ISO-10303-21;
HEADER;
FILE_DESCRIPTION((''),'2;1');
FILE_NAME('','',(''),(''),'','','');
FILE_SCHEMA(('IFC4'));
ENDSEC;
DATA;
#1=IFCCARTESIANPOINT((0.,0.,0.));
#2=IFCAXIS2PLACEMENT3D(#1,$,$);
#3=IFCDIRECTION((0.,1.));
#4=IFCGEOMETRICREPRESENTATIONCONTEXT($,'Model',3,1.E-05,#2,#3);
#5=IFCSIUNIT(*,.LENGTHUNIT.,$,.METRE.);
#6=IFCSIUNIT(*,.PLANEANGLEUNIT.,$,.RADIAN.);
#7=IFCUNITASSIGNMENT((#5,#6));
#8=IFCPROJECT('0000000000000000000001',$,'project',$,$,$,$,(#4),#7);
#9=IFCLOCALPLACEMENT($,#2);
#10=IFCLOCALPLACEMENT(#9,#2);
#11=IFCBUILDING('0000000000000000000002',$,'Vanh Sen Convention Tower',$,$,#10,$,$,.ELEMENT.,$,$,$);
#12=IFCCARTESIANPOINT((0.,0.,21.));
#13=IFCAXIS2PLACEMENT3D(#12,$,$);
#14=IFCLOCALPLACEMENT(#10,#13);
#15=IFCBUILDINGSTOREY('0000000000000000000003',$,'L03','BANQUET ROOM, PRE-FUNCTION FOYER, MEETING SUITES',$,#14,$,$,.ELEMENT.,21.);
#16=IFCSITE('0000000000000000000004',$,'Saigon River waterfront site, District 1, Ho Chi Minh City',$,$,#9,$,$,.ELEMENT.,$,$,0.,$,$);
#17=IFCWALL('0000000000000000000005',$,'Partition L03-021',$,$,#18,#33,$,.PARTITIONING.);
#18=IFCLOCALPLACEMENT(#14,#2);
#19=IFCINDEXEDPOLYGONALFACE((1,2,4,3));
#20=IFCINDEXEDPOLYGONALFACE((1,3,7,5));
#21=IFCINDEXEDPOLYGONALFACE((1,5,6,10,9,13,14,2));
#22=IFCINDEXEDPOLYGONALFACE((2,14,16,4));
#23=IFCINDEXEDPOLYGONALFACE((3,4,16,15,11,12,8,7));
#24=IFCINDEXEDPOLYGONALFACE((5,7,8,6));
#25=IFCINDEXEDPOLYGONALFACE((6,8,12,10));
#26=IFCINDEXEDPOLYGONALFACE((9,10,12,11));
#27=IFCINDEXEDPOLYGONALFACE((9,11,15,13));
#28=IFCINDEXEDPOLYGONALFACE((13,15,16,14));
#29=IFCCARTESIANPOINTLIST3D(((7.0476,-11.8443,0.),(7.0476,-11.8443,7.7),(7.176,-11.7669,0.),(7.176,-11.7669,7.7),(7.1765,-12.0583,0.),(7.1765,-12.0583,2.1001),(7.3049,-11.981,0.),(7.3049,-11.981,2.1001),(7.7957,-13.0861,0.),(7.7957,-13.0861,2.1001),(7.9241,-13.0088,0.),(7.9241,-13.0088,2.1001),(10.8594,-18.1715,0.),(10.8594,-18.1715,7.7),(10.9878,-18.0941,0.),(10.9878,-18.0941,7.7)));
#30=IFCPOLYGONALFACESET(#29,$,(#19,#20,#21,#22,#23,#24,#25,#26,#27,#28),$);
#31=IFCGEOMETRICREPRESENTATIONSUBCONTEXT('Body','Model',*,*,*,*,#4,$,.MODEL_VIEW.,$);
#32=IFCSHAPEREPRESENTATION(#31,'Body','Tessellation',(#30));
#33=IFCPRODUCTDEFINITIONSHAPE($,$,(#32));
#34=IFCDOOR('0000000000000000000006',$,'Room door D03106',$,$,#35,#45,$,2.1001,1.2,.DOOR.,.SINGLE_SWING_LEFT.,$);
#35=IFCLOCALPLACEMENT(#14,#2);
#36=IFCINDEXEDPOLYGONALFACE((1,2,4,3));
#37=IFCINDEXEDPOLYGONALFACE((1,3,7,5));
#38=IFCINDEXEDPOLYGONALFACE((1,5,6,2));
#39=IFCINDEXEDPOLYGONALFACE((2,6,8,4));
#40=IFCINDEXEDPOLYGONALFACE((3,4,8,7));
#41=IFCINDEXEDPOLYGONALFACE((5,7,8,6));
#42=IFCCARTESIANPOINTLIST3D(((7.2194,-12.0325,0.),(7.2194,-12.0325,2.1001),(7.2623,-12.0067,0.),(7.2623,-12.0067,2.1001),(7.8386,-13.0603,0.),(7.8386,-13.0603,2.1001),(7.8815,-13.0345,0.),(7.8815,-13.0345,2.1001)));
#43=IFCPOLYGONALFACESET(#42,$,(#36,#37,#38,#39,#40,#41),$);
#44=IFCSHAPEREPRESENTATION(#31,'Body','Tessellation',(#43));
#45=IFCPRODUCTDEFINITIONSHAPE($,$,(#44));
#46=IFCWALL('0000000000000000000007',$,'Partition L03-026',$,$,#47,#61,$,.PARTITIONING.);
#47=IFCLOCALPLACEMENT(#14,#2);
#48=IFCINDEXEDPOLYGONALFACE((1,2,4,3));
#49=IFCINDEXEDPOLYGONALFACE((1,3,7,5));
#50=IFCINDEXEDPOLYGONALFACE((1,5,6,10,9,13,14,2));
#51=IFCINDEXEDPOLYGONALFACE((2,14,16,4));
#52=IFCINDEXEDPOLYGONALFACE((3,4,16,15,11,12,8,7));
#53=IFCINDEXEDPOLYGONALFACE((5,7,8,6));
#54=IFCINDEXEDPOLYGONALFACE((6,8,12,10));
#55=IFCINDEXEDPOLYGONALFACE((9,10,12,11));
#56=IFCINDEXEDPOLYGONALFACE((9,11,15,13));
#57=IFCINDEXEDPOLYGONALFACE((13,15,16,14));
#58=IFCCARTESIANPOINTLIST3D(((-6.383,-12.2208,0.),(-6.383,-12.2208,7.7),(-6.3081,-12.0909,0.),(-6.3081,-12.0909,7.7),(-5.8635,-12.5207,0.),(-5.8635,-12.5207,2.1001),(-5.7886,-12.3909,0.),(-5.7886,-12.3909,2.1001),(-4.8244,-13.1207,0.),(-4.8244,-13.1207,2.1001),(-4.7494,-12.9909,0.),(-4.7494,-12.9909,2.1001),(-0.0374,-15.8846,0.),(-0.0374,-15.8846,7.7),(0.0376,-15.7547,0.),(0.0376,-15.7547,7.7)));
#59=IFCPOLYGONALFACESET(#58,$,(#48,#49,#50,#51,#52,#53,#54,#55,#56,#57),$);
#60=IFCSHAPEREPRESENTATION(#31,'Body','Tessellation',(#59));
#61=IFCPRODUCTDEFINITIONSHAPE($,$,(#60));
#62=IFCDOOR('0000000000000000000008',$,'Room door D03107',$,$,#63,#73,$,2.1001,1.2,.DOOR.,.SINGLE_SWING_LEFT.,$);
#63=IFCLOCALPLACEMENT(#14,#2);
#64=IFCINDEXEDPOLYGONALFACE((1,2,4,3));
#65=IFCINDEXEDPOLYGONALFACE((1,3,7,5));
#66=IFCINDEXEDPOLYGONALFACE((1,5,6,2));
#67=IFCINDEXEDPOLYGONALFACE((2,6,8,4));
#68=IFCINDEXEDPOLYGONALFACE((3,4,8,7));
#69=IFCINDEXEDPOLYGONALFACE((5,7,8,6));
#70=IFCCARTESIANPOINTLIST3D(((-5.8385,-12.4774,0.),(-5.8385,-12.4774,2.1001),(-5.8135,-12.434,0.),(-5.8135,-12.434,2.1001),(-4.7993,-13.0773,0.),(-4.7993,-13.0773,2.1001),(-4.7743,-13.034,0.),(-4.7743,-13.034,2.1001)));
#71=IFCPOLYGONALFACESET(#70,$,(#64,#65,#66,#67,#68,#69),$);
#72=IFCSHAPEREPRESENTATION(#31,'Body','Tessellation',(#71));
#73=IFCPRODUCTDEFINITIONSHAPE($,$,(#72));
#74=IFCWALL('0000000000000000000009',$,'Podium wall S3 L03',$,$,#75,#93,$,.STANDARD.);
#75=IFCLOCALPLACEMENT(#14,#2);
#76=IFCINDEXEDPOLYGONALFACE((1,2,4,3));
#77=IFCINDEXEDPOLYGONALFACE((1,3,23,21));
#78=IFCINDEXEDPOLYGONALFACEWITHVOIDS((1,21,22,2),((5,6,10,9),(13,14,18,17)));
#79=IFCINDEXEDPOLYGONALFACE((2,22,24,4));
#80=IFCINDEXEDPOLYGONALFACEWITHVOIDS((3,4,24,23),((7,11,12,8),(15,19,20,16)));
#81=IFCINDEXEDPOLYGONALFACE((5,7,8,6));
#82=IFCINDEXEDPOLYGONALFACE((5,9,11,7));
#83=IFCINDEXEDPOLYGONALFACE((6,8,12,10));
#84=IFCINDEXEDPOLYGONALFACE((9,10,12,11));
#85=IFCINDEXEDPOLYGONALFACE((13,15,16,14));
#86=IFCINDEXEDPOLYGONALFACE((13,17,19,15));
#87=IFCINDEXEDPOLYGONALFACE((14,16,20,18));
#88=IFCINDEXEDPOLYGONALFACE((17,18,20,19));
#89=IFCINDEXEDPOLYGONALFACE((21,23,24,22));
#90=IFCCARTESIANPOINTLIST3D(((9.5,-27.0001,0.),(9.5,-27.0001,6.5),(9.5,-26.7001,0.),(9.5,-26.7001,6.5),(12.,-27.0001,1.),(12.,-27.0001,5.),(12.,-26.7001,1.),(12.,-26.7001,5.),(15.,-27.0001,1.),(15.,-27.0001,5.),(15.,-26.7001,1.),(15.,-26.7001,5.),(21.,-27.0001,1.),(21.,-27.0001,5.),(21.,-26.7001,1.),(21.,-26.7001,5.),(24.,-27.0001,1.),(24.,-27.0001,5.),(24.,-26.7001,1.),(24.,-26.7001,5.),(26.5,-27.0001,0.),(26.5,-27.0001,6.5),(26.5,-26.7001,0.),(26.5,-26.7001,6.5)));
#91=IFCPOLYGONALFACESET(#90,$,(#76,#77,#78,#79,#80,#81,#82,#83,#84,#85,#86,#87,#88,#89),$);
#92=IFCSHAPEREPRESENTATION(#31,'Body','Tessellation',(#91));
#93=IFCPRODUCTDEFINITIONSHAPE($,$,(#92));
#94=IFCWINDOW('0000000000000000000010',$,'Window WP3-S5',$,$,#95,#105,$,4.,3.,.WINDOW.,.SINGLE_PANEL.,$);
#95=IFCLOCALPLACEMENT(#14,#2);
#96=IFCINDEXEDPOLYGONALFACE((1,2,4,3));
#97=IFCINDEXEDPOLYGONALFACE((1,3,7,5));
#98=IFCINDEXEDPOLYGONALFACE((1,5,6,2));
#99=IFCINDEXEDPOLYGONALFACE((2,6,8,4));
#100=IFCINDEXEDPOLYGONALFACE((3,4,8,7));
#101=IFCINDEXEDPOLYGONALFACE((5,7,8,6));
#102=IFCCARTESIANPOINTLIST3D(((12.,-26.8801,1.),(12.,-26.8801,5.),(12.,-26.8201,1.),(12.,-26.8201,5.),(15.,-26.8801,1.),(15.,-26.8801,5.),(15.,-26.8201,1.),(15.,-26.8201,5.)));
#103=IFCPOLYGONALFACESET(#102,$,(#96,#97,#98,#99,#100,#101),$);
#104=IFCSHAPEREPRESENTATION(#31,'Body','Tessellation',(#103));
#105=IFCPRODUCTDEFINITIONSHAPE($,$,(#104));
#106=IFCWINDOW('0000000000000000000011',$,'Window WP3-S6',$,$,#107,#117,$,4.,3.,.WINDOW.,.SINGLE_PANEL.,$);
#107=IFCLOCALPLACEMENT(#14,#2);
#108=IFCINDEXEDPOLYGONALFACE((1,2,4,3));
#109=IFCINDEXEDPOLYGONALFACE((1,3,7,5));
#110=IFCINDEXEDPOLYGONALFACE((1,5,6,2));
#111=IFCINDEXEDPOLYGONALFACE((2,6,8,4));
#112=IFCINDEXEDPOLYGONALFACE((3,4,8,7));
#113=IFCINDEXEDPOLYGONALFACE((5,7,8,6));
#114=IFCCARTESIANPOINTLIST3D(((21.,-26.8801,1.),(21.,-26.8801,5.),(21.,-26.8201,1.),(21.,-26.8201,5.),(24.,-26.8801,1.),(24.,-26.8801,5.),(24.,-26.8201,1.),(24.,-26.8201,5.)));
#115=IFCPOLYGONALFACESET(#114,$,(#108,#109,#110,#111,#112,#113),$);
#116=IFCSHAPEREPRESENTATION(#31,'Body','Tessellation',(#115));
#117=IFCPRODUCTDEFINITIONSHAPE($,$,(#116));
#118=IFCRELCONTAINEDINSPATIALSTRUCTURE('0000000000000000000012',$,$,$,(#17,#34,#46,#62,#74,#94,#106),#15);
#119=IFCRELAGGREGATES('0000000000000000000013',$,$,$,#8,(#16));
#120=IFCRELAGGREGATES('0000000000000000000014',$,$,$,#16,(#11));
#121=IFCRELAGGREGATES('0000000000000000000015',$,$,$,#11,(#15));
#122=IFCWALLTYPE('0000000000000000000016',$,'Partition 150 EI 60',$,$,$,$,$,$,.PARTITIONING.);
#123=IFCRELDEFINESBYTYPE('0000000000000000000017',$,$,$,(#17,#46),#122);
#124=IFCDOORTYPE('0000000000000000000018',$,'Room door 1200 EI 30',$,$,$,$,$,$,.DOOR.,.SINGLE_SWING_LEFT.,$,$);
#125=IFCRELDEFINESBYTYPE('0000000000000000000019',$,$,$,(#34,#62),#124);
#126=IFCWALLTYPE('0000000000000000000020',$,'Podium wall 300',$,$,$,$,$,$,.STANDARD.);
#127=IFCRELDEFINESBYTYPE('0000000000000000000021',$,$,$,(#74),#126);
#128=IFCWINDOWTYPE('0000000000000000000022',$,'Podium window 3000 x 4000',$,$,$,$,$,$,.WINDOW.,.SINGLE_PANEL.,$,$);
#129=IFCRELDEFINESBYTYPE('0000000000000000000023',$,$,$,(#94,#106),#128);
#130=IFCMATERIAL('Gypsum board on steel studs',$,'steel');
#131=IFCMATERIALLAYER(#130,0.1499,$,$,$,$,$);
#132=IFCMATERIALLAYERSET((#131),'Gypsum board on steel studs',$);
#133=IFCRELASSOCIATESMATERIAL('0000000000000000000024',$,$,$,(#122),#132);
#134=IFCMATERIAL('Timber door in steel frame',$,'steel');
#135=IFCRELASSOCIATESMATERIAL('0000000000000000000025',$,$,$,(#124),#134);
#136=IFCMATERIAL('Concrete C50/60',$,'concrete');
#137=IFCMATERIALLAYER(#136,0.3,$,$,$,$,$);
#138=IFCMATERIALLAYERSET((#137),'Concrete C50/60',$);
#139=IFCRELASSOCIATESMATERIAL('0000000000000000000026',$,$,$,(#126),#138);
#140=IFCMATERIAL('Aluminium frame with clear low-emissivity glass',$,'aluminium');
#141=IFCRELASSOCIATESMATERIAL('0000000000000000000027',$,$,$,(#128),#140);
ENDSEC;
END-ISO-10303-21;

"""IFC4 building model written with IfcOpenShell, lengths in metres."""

from ifc_helpers import new_model, si_unit, direction, frame, frame_2d, origin, place, context, subcontext, project, spatial, rectangle, extrude, material, layer, layer_set, type_object, element, fill, save


model = new_model("IFC4")

# Units and contexts
model_context = context("Model", 3, precision=1e-05, world=origin(), true_north=direction((0.0, 1.0)))
body_context = subcontext(model_context, "Body", "Model", "MODEL_VIEW")
ifc_project = project(units=[si_unit("LENGTHUNIT", "METRE"), si_unit("PLANEANGLEUNIT", "RADIAN")], contexts=[model_context])

# Site, building, storey
site_placement = place(None, origin())
site = spatial("IfcSite", under=ifc_project, at=site_placement, Name="Saigon River waterfront site, District 1, Ho Chi Minh City", CompositionType="ELEMENT", RefElevation=0.0)
building_placement = place(site_placement, origin())
building = spatial("IfcBuilding", under=site, at=building_placement, Name="Vanh Sen Convention Tower", CompositionType="ELEMENT")
storey_placement = place(building_placement, frame((0.0, 0.0, 21.0)))
storey = spatial("IfcBuildingStorey", under=building, at=storey_placement, Name="L03", Description="BANQUET ROOM, PRE-FUNCTION FOYER, MEETING SUITES", CompositionType="ELEMENT", Elevation=21.0)

# Shared definitions
ifc_material_1 = material(Name="Gypsum board on steel studs", Category="steel")
ifc_layer_1 = layer(ifc_material_1, 0.1499)
ifc_layer_set_1 = layer_set([ifc_layer_1], Name="Gypsum board on steel studs")
wall_type_1 = type_object("IfcWallType", Name="Partition 150 EI 60", PredefinedType="PARTITIONING", material=ifc_layer_set_1)

# Walls, openings, doors
wall_1_placement = place(storey_placement, frame((10.9236, -18.1328, 0.0), z_axis=(0.0, 0.0, 1.0), x_axis=(-0.516036, 0.856567, 0.0)))
wall_1 = element("IfcWall", 1, at=wall_1_placement, inside=storey, type_object=wall_type_1, Name="Partition L03-021", PredefinedType="PARTITIONING", context=body_context, shape_type="SweptSolid", body=[
    extrude(rectangle(XDim=7.3867, YDim=0.1499, at=frame_2d((3.6934, 0.0))), origin(), (0.0, 0.0, 1.0), 7.7),
])
opening_1_placement = place(wall_1_placement, frame((5.9368, 0.0, 0.0)))
opening_1 = element("IfcOpeningElement", 2, at=opening_1_placement, cuts=wall_1, PredefinedType="OPENING", context=body_context, shape_type="SweptSolid", body=[
    extrude(rectangle(XDim=1.2, YDim=2.1001, at=frame_2d((0.6001, 1.05))), frame((0.0, 0.085, 0.0), z_axis=(0.0, -1.0, 0.0), x_axis=(1.0, 0.0, 0.0)), (0.0, 0.0, 1.0), 0.1699),
])
ifc_material_2 = material(Name="Timber door in steel frame", Category="steel")
door_type = type_object("IfcDoorType", Name="Room door 1200 EI 30", OperationType="SINGLE_SWING_LEFT", PredefinedType="DOOR", material=ifc_material_2)
door_1_placement = place(opening_1_placement, origin())
door_1 = element("IfcDoor", 3, at=door_1_placement, inside=storey, type_object=door_type, Name="Room door D03106", OperationType="SINGLE_SWING_LEFT", OverallHeight=2.1001, OverallWidth=1.2, PredefinedType="DOOR", context=body_context, shape_type="SweptSolid", body=[
    extrude(rectangle(XDim=1.2, YDim=2.1001, at=frame_2d((0.6001, 1.05))), frame((0.0, 0.0249, 0.0), z_axis=(0.0, -1.0, 0.0), x_axis=(1.0, 0.0, 0.0)), (0.0, 0.0, 1.0), 0.05),
])
fill(opening_1, door_1)
wall_2_placement = place(storey_placement, frame((0.0, -15.8196, 0.0), z_axis=(0.0, 0.0, 1.0), x_axis=(-0.866018, 0.500013, 0.0)))
wall_2 = element("IfcWall", 4, at=wall_2_placement, inside=storey, type_object=wall_type_1, Name="Partition L03-026", PredefinedType="PARTITIONING", context=body_context, shape_type="SweptSolid", body=[
    extrude(rectangle(XDim=7.3274, YDim=0.1499, at=frame_2d((3.6636, 0.0))), origin(), (0.0, 0.0, 1.0), 7.7),
])
opening_2_placement = place(wall_2_placement, frame((5.5273, 0.0, 0.0)))
opening_2 = element("IfcOpeningElement", 5, at=opening_2_placement, cuts=wall_2, PredefinedType="OPENING", context=body_context, shape_type="SweptSolid", body=[
    extrude(rectangle(XDim=1.2, YDim=2.1001, at=frame_2d((0.6001, 1.05))), frame((0.0, 0.085, 0.0), z_axis=(0.0, -1.0, 0.0), x_axis=(1.0, 0.0, 0.0)), (0.0, 0.0, 1.0), 0.1699),
])
door_2_placement = place(opening_2_placement, origin())
door_2 = element("IfcDoor", 6, at=door_2_placement, inside=storey, type_object=door_type, Name="Room door D03107", OperationType="SINGLE_SWING_LEFT", OverallHeight=2.1001, OverallWidth=1.2, PredefinedType="DOOR", context=body_context, shape_type="SweptSolid", body=[
    extrude(rectangle(XDim=1.2, YDim=2.1001, at=frame_2d((0.6001, 1.05))), frame((0.0, 0.0249, 0.0), z_axis=(0.0, -1.0, 0.0), x_axis=(1.0, 0.0, 0.0)), (0.0, 0.0, 1.0), 0.05),
])
fill(opening_2, door_2)

# Wall, openings, windows
ifc_material_3 = material(Name="Concrete C50/60", Category="concrete")
ifc_layer_2 = layer(ifc_material_3, 0.3)
ifc_layer_set_2 = layer_set([ifc_layer_2], Name="Concrete C50/60")
wall_type_2 = type_object("IfcWallType", Name="Podium wall 300", PredefinedType="STANDARD", material=ifc_layer_set_2)
wall_3_placement = place(storey_placement, frame((9.5, -26.8501, 0.0), z_axis=(0.0, 0.0, 1.0), x_axis=(1.0, 0.0, 0.0)))
wall_3 = element("IfcWall", 7, at=wall_3_placement, inside=storey, type_object=wall_type_2, Name="Podium wall S3 L03", PredefinedType="STANDARD", context=body_context, shape_type="SweptSolid", body=[
    extrude(rectangle(XDim=17.0, YDim=0.3, at=frame_2d((8.5, 0.0))), origin(), (0.0, 0.0, 1.0), 6.5),
])
opening_3_placement = place(wall_3_placement, frame((2.5, 0.0, 1.0)))
opening_3 = element("IfcOpeningElement", 8, at=opening_3_placement, cuts=wall_3, PredefinedType="OPENING", context=body_context, shape_type="SweptSolid", body=[
    extrude(rectangle(XDim=3.0, YDim=4.0, at=frame_2d((1.5, 2.0))), frame((0.0, 0.1599, 0.0), z_axis=(0.0, -1.0, 0.0), x_axis=(1.0, 0.0, 0.0)), (0.0, 0.0, 1.0), 0.3201),
])
opening_4_placement = place(wall_3_placement, frame((11.5, 0.0, 1.0)))
opening_4 = element("IfcOpeningElement", 9, at=opening_4_placement, cuts=wall_3, PredefinedType="OPENING", context=body_context, shape_type="SweptSolid", body=[
    extrude(rectangle(XDim=3.0, YDim=4.0, at=frame_2d((1.5, 2.0))), frame((0.0, 0.1599, 0.0), z_axis=(0.0, -1.0, 0.0), x_axis=(1.0, 0.0, 0.0)), (0.0, 0.0, 1.0), 0.3201),
])
ifc_material_4 = material(Name="Aluminium frame with clear low-emissivity glass", Category="aluminium")
window_type = type_object("IfcWindowType", Name="Podium window 3000 x 4000", PartitioningType="SINGLE_PANEL", PredefinedType="WINDOW", material=ifc_material_4)
window_1_placement = place(opening_3_placement, origin())
window_1 = element("IfcWindow", 10, at=window_1_placement, inside=storey, type_object=window_type, Name="Window WP3-S5", OverallHeight=4.0, OverallWidth=3.0, PartitioningType="SINGLE_PANEL", PredefinedType="WINDOW", context=body_context, shape_type="SweptSolid", body=[
    extrude(rectangle(XDim=3.0, YDim=4.0, at=frame_2d((1.5, 2.0))), frame((0.0, 0.03, 0.0), z_axis=(0.0, -1.0, 0.0), x_axis=(1.0, 0.0, 0.0)), (0.0, 0.0, 1.0), 0.0601),
])
fill(opening_3, window_1)
window_2_placement = place(opening_4_placement, origin())
window_2 = element("IfcWindow", 11, at=window_2_placement, inside=storey, type_object=window_type, Name="Window WP3-S6", OverallHeight=4.0, OverallWidth=3.0, PartitioningType="SINGLE_PANEL", PredefinedType="WINDOW", context=body_context, shape_type="SweptSolid", body=[
    extrude(rectangle(XDim=3.0, YDim=4.0, at=frame_2d((1.5, 2.0))), frame((0.0, 0.03, 0.0), z_axis=(0.0, -1.0, 0.0), x_axis=(1.0, 0.0, 0.0)), (0.0, 0.0, 1.0), 0.0601),
])
fill(opening_4, window_2)

save(model, "model.ifc")
